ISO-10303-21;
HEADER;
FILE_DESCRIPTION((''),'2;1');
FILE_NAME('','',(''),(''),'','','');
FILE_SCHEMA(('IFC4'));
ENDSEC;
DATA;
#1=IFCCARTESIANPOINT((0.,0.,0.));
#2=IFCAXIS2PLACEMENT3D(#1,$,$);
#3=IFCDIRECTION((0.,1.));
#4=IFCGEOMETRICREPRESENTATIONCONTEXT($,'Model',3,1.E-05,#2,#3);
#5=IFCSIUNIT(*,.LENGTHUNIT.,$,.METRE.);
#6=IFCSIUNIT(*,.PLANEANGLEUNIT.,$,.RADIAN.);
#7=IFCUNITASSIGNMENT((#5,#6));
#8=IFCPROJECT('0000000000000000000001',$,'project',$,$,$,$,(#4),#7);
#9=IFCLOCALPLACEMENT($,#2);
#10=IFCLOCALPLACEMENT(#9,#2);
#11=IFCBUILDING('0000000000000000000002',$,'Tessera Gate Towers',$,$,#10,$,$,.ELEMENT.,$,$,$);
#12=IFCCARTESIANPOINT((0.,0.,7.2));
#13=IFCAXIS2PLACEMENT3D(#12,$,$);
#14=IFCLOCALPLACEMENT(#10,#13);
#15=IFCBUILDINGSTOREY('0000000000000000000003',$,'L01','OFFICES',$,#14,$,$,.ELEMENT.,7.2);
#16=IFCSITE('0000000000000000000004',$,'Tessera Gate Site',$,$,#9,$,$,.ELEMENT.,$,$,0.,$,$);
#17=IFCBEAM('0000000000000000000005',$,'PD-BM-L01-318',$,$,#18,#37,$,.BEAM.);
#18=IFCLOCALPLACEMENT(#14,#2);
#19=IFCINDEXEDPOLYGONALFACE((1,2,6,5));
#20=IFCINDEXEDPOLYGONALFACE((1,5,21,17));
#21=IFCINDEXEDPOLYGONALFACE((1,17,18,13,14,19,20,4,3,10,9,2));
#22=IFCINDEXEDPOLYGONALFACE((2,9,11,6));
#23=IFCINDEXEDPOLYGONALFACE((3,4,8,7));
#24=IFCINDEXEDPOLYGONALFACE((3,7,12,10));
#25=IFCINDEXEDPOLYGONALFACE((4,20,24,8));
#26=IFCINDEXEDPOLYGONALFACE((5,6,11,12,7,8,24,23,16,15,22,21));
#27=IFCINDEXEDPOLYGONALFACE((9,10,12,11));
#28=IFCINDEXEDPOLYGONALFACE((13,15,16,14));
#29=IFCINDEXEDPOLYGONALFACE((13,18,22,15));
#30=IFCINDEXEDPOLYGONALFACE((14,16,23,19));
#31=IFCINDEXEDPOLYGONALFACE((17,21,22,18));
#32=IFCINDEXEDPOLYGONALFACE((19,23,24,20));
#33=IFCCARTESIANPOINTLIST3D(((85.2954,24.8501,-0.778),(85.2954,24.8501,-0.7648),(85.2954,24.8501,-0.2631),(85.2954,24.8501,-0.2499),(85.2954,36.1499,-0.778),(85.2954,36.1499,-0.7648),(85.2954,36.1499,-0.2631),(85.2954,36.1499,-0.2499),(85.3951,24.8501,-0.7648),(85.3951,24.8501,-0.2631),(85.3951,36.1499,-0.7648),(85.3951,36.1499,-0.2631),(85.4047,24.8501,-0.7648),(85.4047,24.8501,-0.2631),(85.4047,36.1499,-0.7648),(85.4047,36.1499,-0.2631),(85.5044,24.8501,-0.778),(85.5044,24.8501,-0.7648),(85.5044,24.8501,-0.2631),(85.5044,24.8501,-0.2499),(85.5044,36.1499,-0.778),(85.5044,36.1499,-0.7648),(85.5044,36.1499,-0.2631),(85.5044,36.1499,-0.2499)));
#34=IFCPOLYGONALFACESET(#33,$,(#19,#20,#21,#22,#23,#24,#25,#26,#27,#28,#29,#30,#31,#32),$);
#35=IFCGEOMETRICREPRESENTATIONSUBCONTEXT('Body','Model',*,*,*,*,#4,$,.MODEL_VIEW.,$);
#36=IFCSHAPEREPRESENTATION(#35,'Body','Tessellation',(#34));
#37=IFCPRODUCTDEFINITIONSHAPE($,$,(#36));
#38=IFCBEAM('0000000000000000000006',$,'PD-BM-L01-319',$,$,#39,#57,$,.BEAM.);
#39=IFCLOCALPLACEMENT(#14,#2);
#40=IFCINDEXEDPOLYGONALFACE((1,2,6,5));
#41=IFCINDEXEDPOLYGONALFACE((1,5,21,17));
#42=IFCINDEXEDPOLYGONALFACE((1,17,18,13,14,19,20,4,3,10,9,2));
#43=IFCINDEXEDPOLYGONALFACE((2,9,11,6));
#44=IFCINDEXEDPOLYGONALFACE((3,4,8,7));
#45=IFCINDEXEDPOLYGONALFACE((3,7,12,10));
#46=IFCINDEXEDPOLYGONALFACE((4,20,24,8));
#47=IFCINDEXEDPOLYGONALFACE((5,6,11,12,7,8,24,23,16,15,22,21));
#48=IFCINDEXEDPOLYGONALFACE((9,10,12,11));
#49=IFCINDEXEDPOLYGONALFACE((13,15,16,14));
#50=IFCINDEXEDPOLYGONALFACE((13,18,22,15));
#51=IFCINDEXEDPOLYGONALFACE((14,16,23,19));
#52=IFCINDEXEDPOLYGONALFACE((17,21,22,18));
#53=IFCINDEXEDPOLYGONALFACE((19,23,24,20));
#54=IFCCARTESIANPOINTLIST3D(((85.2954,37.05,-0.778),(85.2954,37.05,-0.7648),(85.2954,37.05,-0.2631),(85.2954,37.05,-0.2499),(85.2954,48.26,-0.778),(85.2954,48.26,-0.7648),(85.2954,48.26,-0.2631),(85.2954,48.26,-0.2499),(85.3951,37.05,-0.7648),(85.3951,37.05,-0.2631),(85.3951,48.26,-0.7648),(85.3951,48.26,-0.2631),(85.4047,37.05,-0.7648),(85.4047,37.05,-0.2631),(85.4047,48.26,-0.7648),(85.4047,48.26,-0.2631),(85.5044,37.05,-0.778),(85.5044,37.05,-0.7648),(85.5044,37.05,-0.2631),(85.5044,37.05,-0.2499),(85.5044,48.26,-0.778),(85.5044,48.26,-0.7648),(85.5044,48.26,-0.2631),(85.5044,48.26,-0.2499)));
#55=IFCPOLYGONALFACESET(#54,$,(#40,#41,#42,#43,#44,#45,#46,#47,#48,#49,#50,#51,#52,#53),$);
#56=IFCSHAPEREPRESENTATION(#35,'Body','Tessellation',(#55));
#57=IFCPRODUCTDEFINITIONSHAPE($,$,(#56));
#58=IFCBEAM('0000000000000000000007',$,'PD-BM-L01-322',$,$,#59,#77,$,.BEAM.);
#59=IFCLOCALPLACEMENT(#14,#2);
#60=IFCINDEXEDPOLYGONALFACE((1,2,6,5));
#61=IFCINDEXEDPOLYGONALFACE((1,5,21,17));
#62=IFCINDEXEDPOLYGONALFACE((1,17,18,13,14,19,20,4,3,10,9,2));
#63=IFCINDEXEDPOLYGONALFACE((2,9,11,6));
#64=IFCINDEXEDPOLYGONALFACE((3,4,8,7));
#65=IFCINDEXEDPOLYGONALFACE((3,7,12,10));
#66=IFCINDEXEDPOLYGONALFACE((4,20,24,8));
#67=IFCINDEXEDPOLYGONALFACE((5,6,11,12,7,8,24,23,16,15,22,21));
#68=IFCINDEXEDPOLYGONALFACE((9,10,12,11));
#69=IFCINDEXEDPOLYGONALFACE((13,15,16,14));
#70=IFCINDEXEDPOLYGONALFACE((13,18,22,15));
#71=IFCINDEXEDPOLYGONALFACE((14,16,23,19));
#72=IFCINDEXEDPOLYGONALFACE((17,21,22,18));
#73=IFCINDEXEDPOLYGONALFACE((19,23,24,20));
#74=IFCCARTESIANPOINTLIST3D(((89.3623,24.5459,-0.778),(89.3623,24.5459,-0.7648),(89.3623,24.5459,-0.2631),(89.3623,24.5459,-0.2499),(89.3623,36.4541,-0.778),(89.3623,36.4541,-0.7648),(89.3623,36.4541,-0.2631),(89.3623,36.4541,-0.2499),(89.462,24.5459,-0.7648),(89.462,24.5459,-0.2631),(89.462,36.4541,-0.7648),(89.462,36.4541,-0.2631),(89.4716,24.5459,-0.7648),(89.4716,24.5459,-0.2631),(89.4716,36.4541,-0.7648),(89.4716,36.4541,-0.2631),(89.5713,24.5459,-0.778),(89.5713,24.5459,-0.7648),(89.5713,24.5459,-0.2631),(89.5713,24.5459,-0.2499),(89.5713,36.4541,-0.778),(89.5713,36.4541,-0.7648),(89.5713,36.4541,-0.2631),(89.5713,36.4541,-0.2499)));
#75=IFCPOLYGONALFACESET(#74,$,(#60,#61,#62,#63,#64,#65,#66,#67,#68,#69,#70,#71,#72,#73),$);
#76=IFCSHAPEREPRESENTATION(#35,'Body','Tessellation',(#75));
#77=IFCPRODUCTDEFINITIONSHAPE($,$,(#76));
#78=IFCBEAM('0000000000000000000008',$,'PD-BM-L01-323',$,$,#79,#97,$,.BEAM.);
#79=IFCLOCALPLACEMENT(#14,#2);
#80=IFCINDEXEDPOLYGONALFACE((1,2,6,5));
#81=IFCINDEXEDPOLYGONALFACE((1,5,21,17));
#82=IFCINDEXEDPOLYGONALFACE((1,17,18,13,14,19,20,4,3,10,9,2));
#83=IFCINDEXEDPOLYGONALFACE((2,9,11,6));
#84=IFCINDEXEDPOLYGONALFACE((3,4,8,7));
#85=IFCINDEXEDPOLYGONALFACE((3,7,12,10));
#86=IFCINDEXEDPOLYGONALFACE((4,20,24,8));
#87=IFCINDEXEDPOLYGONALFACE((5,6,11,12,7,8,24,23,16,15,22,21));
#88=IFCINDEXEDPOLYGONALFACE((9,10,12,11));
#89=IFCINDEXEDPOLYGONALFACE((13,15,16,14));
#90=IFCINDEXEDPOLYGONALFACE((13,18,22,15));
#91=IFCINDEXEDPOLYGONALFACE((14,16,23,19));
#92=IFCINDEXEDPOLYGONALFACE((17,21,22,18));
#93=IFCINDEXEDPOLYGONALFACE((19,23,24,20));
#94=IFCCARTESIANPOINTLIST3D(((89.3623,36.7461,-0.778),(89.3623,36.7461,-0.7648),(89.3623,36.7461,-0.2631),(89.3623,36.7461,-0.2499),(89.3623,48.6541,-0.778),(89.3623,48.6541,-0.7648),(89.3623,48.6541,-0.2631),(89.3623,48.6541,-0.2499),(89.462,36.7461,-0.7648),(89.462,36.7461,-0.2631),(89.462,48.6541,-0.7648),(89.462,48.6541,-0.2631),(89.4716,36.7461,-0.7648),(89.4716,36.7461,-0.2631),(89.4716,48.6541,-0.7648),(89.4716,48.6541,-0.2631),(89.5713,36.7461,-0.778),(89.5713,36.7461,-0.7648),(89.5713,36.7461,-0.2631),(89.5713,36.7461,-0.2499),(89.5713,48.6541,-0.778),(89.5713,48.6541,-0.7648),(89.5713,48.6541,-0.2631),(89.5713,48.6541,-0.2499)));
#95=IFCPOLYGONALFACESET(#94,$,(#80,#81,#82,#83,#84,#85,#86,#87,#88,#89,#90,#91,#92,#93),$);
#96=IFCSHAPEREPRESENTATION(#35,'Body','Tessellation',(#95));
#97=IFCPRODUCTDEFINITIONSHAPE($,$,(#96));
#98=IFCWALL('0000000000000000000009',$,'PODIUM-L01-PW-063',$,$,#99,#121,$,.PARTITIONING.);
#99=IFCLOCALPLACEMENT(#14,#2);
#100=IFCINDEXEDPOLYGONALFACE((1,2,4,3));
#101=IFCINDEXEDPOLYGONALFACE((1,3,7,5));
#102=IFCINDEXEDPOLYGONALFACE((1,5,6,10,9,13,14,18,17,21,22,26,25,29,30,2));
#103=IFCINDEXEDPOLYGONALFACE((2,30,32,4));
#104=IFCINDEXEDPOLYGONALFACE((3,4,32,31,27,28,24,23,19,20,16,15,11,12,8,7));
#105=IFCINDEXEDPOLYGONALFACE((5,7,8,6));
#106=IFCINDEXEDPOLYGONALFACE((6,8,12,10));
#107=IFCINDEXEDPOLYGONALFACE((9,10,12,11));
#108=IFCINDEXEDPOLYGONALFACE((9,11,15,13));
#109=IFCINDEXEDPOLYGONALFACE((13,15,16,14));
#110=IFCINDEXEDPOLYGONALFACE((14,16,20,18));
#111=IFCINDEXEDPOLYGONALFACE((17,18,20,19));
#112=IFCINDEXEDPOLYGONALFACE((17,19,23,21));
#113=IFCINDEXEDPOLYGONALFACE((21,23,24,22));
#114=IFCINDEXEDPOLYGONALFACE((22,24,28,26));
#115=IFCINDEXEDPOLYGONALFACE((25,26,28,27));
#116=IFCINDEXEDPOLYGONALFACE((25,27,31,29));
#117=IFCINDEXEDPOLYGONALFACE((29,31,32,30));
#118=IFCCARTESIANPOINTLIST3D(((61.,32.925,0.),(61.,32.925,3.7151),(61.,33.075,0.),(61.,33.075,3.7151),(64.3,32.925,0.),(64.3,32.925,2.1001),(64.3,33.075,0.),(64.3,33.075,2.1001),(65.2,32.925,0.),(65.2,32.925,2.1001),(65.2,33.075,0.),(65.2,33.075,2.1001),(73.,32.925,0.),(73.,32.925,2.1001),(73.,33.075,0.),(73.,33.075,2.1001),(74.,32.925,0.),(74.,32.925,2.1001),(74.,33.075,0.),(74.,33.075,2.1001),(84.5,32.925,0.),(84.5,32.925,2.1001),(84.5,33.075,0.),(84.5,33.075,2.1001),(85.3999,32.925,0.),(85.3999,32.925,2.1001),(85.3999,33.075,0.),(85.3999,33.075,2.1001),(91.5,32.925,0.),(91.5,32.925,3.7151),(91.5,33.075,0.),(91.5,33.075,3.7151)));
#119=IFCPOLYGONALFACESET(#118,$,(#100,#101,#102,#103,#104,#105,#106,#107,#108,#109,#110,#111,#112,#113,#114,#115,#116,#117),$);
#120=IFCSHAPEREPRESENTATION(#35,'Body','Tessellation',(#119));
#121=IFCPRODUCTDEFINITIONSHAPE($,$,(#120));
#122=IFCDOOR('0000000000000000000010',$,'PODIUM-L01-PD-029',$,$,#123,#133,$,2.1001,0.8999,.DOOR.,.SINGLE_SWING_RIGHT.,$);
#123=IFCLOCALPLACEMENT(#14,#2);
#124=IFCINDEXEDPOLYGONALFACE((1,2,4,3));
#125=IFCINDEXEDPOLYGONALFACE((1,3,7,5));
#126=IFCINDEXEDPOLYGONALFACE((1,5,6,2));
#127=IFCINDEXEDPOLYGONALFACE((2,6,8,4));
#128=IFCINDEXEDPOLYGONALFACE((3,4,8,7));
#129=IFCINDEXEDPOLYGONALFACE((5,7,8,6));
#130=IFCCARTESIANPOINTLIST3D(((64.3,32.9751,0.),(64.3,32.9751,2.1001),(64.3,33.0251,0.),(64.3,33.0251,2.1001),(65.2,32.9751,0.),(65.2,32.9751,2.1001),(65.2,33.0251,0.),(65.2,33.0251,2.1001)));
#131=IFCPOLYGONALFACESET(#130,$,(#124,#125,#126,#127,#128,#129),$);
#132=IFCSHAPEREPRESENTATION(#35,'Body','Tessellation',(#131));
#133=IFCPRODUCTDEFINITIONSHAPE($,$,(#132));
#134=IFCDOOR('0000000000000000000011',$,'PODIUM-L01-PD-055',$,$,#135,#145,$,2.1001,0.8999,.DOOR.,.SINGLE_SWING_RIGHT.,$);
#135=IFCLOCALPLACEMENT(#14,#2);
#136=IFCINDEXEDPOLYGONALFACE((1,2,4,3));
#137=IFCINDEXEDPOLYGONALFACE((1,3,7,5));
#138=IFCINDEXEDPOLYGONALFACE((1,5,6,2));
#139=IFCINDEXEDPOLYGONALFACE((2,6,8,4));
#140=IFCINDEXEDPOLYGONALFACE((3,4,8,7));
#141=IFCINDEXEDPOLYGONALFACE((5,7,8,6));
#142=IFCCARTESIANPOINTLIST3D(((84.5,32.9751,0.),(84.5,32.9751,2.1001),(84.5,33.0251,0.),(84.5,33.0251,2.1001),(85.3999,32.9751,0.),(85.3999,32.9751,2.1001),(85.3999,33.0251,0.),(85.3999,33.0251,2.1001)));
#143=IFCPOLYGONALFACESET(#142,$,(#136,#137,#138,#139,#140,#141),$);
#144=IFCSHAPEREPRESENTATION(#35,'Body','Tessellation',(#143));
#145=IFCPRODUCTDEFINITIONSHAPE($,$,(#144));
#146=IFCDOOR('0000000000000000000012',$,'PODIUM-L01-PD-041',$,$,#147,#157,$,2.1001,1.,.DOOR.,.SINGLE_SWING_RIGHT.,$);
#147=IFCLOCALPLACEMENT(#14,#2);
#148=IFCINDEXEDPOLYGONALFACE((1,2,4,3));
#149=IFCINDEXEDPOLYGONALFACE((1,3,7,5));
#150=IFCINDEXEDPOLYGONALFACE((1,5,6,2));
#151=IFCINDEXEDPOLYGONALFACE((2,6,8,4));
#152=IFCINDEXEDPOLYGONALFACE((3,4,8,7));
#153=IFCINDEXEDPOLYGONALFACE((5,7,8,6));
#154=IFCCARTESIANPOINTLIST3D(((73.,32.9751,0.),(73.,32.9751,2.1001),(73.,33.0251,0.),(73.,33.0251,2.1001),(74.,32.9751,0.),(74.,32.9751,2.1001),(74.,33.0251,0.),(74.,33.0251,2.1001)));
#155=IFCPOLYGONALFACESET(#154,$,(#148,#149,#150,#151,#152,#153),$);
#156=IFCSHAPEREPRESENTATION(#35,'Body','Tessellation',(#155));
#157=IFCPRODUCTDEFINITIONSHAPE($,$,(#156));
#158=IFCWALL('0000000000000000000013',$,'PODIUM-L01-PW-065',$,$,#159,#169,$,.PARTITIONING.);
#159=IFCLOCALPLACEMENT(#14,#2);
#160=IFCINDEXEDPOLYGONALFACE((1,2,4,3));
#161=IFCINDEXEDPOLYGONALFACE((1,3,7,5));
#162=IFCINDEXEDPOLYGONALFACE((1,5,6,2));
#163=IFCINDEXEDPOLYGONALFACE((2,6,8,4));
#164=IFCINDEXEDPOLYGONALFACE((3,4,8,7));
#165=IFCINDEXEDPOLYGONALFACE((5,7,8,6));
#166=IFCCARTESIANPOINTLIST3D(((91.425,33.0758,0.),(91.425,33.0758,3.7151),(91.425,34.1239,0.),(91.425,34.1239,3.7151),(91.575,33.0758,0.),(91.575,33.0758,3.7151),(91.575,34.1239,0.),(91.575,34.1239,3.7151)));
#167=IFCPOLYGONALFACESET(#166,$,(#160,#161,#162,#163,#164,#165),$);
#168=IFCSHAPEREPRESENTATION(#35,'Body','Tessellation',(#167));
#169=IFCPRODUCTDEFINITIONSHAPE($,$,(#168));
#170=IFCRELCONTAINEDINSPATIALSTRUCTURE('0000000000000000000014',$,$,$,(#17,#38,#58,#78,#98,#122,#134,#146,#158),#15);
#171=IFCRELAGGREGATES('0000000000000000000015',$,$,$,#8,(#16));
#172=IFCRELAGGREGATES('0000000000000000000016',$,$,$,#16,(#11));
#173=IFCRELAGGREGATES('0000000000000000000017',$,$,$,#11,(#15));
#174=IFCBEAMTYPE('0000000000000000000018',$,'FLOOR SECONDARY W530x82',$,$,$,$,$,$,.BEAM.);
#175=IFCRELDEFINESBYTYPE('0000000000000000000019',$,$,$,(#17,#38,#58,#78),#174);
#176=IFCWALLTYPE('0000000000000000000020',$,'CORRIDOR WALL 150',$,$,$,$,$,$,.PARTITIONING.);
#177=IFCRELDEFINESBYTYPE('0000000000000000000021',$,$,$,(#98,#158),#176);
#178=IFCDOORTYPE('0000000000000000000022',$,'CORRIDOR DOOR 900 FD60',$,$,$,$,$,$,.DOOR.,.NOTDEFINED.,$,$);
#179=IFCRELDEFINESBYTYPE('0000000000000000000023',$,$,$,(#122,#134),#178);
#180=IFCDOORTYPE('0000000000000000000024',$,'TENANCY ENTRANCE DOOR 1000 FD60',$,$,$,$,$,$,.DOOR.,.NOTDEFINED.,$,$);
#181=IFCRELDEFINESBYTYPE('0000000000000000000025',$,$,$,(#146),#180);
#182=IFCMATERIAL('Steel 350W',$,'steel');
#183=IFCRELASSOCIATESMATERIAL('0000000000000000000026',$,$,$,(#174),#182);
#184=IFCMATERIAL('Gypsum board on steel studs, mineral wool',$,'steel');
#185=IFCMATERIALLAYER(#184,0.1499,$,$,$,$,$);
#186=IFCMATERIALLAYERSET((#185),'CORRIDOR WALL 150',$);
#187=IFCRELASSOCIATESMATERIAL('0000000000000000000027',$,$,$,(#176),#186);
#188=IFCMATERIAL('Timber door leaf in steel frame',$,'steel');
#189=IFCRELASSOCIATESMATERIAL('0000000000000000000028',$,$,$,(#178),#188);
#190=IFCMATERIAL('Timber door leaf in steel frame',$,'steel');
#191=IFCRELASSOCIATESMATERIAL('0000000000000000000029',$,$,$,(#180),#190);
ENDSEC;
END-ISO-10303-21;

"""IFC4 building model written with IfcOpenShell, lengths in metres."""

from ifc_helpers import new_model, si_unit, direction, frame, frame_2d, origin, origin_2d, place, context, subcontext, project, spatial, rectangle, i_section, extrude, source, transform, mapped, material, layer, layer_set, material_profile, profile_set, type_object, element, fill, save


model = new_model("IFC4")

# Units and contexts
model_context = context("Model", 3, precision=1e-05, world=origin(), true_north=direction((0.0, 1.0)))
body_context = subcontext(model_context, "Body", "Model", "MODEL_VIEW")
ifc_project = project(units=[si_unit("LENGTHUNIT", "METRE"), si_unit("PLANEANGLEUNIT", "RADIAN")], contexts=[model_context])

# Site, building, storey
site_placement = place(None, origin())
site = spatial("IfcSite", under=ifc_project, at=site_placement, Name="Tessera Gate Site", CompositionType="ELEMENT", RefElevation=0.0)
building_placement = place(site_placement, origin())
building = spatial("IfcBuilding", under=site, at=building_placement, Name="Tessera Gate Towers", CompositionType="ELEMENT")
storey_placement = place(building_placement, frame((0.0, 0.0, 7.2)))
storey = spatial("IfcBuildingStorey", under=building, at=storey_placement, Name="L01", Description="OFFICES", CompositionType="ELEMENT", Elevation=7.2)

# Beams
ifc_material_1 = material(Name="Steel 350W", Category="steel")
ifc_material_profile_1 = material_profile(ifc_material_1, i_section(OverallWidth=0.209, OverallDepth=0.5281, WebThickness=0.0095, FlangeThickness=0.0132, at=origin_2d()), Name="W530x82")
ifc_profile_set_1 = profile_set([ifc_material_profile_1], Name="Steel 350W")
beam_type_1 = type_object("IfcBeamType", Name="FLOOR SECONDARY W530x82", PredefinedType="BEAM", material=ifc_profile_set_1)
beam_1_placement = place(storey_placement, frame((85.3999, 24.8501, -0.5139), z_axis=(0.0, 1.0, 0.0), x_axis=(-1.0, 0.0, 0.0)))
element("IfcBeam", 1, at=beam_1_placement, inside=storey, type_object=beam_type_1, Name="PD-BM-L01-318", PredefinedType="BEAM", context=body_context, shape_type="SweptSolid", body=[
    extrude(i_section(OverallWidth=0.209, OverallDepth=0.5281, WebThickness=0.0095, FlangeThickness=0.0132, at=origin_2d()), origin(), (0.0, 0.0, 1.0), 11.2998),
])
beam_2_placement = place(storey_placement, frame((85.3999, 37.05, -0.5139), z_axis=(0.0, 1.0, 0.0), x_axis=(-1.0, 0.0, 0.0)))
element("IfcBeam", 2, at=beam_2_placement, inside=storey, type_object=beam_type_1, Name="PD-BM-L01-319", PredefinedType="BEAM", context=body_context, shape_type="SweptSolid", body=[
    extrude(i_section(OverallWidth=0.209, OverallDepth=0.5281, WebThickness=0.0095, FlangeThickness=0.0132, at=origin_2d()), origin(), (0.0, 0.0, 1.0), 11.21),
])
beam_3_placement = place(storey_placement, frame((89.4668, 24.5459, -0.5139), z_axis=(0.0, 1.0, 0.0), x_axis=(-1.0, 0.0, 0.0)))
element("IfcBeam", 3, at=beam_3_placement, inside=storey, type_object=beam_type_1, Name="PD-BM-L01-322", PredefinedType="BEAM", context=body_context, shape_type="SweptSolid", body=[
    extrude(i_section(OverallWidth=0.209, OverallDepth=0.5281, WebThickness=0.0095, FlangeThickness=0.0132, at=origin_2d()), origin(), (0.0, 0.0, 1.0), 11.9082),
])
beam_4_placement = place(storey_placement, frame((89.4668, 36.7461, -0.5139), z_axis=(0.0, 1.0, 0.0), x_axis=(-1.0, 0.0, 0.0)))
element("IfcBeam", 4, at=beam_4_placement, inside=storey, type_object=beam_type_1, Name="PD-BM-L01-323", PredefinedType="BEAM", context=body_context, shape_type="SweptSolid", body=[
    extrude(i_section(OverallWidth=0.209, OverallDepth=0.5281, WebThickness=0.0095, FlangeThickness=0.0132, at=origin_2d()), origin(), (0.0, 0.0, 1.0), 11.908),
])

# Wall, openings, doors
ifc_material_2 = material(Name="Gypsum board on steel studs, mineral wool", Category="steel")
ifc_layer_1 = layer(ifc_material_2, 0.1499)
ifc_layer_set_1 = layer_set([ifc_layer_1], Name="CORRIDOR WALL 150")
wall_type_1 = type_object("IfcWallType", Name="CORRIDOR WALL 150", PredefinedType="PARTITIONING", material=ifc_layer_set_1)
wall_1_placement = place(storey_placement, frame((91.5, 33.0, 0.0), z_axis=(0.0, 0.0, 1.0), x_axis=(-1.0, 0.0, 0.0)))
wall_1 = element("IfcWall", 5, at=wall_1_placement, inside=storey, type_object=wall_type_1, Name="PODIUM-L01-PW-063", PredefinedType="PARTITIONING", context=body_context, shape_type="SweptSolid", body=[
    extrude(rectangle(XDim=30.5, YDim=0.1499, at=frame_2d((15.25, 0.0))), origin(), (0.0, 0.0, 1.0), 3.7151),
])
shared_shape_1 = source(origin(), body_context, "Body", "SweptSolid", [
    extrude(rectangle(XDim=0.8999, YDim=2.1001, at=frame_2d((0.45, 1.05))), frame((0.0, 0.085, 0.0), z_axis=(0.0, -1.0, 0.0), x_axis=(1.0, 0.0, 0.0)), (0.0, 0.0, 1.0), 0.1699),
])
opening_1_placement = place(wall_1_placement, frame((26.3, 0.0, 0.0)))
opening_1 = element("IfcOpeningElement", 6, at=opening_1_placement, cuts=wall_1, PredefinedType="OPENING", context=body_context, shape_type="MappedRepresentation", body=[
    mapped(shared_shape_1, transform((0.0, 0.0, 0.0), scale=1.0)),
])
shared_shape_2 = source(origin(), body_context, "Body", "SweptSolid", [
    extrude(rectangle(XDim=1.0, YDim=2.1001, at=frame_2d((0.5, 1.05))), frame((0.0, 0.085, 0.0), z_axis=(0.0, -1.0, 0.0), x_axis=(1.0, 0.0, 0.0)), (0.0, 0.0, 1.0), 0.1699),
])
opening_2_placement = place(wall_1_placement, frame((17.5, 0.0, 0.0)))
opening_2 = element("IfcOpeningElement", 7, at=opening_2_placement, cuts=wall_1, PredefinedType="OPENING", context=body_context, shape_type="MappedRepresentation", body=[
    mapped(shared_shape_2, transform((0.0, 0.0, 0.0), scale=1.0)),
])
opening_3_placement = place(wall_1_placement, frame((6.1001, 0.0, 0.0)))
opening_3 = element("IfcOpeningElement", 8, at=opening_3_placement, cuts=wall_1, PredefinedType="OPENING", context=body_context, shape_type="MappedRepresentation", body=[
    mapped(shared_shape_1, transform((0.0, 0.0, 0.0), scale=1.0)),
])
ifc_material_3 = material(Name="Timber door leaf in steel frame", Category="steel")
door_type_1 = type_object("IfcDoorType", Name="CORRIDOR DOOR 900 FD60", OperationType="NOTDEFINED", PredefinedType="DOOR", material=ifc_material_3)
shared_shape_3 = source(origin(), body_context, "Body", "SweptSolid", [
    extrude(rectangle(XDim=0.8999, YDim=2.1001, at=frame_2d((0.45, 1.05))), frame((0.0, 0.0249, 0.0), z_axis=(0.0, -1.0, 0.0), x_axis=(1.0, 0.0, 0.0)), (0.0, 0.0, 1.0), 0.05),
])
door_1_placement = place(opening_1_placement, origin())
door_1 = element("IfcDoor", 9, at=door_1_placement, inside=storey, type_object=door_type_1, Name="PODIUM-L01-PD-029", OperationType="SINGLE_SWING_RIGHT", OverallHeight=2.1001, OverallWidth=0.8999, PredefinedType="DOOR", context=body_context, shape_type="MappedRepresentation", body=[
    mapped(shared_shape_3, transform((0.0, 0.0, 0.0), scale=1.0)),
])
fill(opening_1, door_1)
door_2_placement = place(opening_3_placement, origin())
door_2 = element("IfcDoor", 10, at=door_2_placement, inside=storey, type_object=door_type_1, Name="PODIUM-L01-PD-055", OperationType="SINGLE_SWING_RIGHT", OverallHeight=2.1001, OverallWidth=0.8999, PredefinedType="DOOR", context=body_context, shape_type="MappedRepresentation", body=[
    mapped(shared_shape_3, transform((0.0, 0.0, 0.0), scale=1.0)),
])
fill(opening_3, door_2)
ifc_material_4 = material(Name="Timber door leaf in steel frame", Category="steel")
door_type_2 = type_object("IfcDoorType", Name="TENANCY ENTRANCE DOOR 1000 FD60", OperationType="NOTDEFINED", PredefinedType="DOOR", material=ifc_material_4)
shared_shape_4 = source(origin(), body_context, "Body", "SweptSolid", [
    extrude(rectangle(XDim=1.0, YDim=2.1001, at=frame_2d((0.5, 1.05))), frame((0.0, 0.0249, 0.0), z_axis=(0.0, -1.0, 0.0), x_axis=(1.0, 0.0, 0.0)), (0.0, 0.0, 1.0), 0.05),
])
door_3_placement = place(opening_2_placement, origin())
door_3 = element("IfcDoor", 11, at=door_3_placement, inside=storey, type_object=door_type_2, Name="PODIUM-L01-PD-041", OperationType="SINGLE_SWING_RIGHT", OverallHeight=2.1001, OverallWidth=1.0, PredefinedType="DOOR", context=body_context, shape_type="MappedRepresentation", body=[
    mapped(shared_shape_4, transform((0.0, 0.0, 0.0), scale=1.0)),
])
fill(opening_2, door_3)

# Wall
wall_2_placement = place(storey_placement, frame((91.5, 33.0759, 0.0), z_axis=(0.0, 0.0, 1.0), x_axis=(0.0, 1.0, 0.0)))
element("IfcWall", 12, at=wall_2_placement, inside=storey, type_object=wall_type_1, Name="PODIUM-L01-PW-065", PredefinedType="PARTITIONING", context=body_context, shape_type="SweptSolid", body=[
    extrude(rectangle(XDim=1.0481, YDim=0.1499, at=frame_2d((0.5239, 0.0))), origin(), (0.0, 0.0, 1.0), 3.7151),
])

save(model, "model.ifc")
